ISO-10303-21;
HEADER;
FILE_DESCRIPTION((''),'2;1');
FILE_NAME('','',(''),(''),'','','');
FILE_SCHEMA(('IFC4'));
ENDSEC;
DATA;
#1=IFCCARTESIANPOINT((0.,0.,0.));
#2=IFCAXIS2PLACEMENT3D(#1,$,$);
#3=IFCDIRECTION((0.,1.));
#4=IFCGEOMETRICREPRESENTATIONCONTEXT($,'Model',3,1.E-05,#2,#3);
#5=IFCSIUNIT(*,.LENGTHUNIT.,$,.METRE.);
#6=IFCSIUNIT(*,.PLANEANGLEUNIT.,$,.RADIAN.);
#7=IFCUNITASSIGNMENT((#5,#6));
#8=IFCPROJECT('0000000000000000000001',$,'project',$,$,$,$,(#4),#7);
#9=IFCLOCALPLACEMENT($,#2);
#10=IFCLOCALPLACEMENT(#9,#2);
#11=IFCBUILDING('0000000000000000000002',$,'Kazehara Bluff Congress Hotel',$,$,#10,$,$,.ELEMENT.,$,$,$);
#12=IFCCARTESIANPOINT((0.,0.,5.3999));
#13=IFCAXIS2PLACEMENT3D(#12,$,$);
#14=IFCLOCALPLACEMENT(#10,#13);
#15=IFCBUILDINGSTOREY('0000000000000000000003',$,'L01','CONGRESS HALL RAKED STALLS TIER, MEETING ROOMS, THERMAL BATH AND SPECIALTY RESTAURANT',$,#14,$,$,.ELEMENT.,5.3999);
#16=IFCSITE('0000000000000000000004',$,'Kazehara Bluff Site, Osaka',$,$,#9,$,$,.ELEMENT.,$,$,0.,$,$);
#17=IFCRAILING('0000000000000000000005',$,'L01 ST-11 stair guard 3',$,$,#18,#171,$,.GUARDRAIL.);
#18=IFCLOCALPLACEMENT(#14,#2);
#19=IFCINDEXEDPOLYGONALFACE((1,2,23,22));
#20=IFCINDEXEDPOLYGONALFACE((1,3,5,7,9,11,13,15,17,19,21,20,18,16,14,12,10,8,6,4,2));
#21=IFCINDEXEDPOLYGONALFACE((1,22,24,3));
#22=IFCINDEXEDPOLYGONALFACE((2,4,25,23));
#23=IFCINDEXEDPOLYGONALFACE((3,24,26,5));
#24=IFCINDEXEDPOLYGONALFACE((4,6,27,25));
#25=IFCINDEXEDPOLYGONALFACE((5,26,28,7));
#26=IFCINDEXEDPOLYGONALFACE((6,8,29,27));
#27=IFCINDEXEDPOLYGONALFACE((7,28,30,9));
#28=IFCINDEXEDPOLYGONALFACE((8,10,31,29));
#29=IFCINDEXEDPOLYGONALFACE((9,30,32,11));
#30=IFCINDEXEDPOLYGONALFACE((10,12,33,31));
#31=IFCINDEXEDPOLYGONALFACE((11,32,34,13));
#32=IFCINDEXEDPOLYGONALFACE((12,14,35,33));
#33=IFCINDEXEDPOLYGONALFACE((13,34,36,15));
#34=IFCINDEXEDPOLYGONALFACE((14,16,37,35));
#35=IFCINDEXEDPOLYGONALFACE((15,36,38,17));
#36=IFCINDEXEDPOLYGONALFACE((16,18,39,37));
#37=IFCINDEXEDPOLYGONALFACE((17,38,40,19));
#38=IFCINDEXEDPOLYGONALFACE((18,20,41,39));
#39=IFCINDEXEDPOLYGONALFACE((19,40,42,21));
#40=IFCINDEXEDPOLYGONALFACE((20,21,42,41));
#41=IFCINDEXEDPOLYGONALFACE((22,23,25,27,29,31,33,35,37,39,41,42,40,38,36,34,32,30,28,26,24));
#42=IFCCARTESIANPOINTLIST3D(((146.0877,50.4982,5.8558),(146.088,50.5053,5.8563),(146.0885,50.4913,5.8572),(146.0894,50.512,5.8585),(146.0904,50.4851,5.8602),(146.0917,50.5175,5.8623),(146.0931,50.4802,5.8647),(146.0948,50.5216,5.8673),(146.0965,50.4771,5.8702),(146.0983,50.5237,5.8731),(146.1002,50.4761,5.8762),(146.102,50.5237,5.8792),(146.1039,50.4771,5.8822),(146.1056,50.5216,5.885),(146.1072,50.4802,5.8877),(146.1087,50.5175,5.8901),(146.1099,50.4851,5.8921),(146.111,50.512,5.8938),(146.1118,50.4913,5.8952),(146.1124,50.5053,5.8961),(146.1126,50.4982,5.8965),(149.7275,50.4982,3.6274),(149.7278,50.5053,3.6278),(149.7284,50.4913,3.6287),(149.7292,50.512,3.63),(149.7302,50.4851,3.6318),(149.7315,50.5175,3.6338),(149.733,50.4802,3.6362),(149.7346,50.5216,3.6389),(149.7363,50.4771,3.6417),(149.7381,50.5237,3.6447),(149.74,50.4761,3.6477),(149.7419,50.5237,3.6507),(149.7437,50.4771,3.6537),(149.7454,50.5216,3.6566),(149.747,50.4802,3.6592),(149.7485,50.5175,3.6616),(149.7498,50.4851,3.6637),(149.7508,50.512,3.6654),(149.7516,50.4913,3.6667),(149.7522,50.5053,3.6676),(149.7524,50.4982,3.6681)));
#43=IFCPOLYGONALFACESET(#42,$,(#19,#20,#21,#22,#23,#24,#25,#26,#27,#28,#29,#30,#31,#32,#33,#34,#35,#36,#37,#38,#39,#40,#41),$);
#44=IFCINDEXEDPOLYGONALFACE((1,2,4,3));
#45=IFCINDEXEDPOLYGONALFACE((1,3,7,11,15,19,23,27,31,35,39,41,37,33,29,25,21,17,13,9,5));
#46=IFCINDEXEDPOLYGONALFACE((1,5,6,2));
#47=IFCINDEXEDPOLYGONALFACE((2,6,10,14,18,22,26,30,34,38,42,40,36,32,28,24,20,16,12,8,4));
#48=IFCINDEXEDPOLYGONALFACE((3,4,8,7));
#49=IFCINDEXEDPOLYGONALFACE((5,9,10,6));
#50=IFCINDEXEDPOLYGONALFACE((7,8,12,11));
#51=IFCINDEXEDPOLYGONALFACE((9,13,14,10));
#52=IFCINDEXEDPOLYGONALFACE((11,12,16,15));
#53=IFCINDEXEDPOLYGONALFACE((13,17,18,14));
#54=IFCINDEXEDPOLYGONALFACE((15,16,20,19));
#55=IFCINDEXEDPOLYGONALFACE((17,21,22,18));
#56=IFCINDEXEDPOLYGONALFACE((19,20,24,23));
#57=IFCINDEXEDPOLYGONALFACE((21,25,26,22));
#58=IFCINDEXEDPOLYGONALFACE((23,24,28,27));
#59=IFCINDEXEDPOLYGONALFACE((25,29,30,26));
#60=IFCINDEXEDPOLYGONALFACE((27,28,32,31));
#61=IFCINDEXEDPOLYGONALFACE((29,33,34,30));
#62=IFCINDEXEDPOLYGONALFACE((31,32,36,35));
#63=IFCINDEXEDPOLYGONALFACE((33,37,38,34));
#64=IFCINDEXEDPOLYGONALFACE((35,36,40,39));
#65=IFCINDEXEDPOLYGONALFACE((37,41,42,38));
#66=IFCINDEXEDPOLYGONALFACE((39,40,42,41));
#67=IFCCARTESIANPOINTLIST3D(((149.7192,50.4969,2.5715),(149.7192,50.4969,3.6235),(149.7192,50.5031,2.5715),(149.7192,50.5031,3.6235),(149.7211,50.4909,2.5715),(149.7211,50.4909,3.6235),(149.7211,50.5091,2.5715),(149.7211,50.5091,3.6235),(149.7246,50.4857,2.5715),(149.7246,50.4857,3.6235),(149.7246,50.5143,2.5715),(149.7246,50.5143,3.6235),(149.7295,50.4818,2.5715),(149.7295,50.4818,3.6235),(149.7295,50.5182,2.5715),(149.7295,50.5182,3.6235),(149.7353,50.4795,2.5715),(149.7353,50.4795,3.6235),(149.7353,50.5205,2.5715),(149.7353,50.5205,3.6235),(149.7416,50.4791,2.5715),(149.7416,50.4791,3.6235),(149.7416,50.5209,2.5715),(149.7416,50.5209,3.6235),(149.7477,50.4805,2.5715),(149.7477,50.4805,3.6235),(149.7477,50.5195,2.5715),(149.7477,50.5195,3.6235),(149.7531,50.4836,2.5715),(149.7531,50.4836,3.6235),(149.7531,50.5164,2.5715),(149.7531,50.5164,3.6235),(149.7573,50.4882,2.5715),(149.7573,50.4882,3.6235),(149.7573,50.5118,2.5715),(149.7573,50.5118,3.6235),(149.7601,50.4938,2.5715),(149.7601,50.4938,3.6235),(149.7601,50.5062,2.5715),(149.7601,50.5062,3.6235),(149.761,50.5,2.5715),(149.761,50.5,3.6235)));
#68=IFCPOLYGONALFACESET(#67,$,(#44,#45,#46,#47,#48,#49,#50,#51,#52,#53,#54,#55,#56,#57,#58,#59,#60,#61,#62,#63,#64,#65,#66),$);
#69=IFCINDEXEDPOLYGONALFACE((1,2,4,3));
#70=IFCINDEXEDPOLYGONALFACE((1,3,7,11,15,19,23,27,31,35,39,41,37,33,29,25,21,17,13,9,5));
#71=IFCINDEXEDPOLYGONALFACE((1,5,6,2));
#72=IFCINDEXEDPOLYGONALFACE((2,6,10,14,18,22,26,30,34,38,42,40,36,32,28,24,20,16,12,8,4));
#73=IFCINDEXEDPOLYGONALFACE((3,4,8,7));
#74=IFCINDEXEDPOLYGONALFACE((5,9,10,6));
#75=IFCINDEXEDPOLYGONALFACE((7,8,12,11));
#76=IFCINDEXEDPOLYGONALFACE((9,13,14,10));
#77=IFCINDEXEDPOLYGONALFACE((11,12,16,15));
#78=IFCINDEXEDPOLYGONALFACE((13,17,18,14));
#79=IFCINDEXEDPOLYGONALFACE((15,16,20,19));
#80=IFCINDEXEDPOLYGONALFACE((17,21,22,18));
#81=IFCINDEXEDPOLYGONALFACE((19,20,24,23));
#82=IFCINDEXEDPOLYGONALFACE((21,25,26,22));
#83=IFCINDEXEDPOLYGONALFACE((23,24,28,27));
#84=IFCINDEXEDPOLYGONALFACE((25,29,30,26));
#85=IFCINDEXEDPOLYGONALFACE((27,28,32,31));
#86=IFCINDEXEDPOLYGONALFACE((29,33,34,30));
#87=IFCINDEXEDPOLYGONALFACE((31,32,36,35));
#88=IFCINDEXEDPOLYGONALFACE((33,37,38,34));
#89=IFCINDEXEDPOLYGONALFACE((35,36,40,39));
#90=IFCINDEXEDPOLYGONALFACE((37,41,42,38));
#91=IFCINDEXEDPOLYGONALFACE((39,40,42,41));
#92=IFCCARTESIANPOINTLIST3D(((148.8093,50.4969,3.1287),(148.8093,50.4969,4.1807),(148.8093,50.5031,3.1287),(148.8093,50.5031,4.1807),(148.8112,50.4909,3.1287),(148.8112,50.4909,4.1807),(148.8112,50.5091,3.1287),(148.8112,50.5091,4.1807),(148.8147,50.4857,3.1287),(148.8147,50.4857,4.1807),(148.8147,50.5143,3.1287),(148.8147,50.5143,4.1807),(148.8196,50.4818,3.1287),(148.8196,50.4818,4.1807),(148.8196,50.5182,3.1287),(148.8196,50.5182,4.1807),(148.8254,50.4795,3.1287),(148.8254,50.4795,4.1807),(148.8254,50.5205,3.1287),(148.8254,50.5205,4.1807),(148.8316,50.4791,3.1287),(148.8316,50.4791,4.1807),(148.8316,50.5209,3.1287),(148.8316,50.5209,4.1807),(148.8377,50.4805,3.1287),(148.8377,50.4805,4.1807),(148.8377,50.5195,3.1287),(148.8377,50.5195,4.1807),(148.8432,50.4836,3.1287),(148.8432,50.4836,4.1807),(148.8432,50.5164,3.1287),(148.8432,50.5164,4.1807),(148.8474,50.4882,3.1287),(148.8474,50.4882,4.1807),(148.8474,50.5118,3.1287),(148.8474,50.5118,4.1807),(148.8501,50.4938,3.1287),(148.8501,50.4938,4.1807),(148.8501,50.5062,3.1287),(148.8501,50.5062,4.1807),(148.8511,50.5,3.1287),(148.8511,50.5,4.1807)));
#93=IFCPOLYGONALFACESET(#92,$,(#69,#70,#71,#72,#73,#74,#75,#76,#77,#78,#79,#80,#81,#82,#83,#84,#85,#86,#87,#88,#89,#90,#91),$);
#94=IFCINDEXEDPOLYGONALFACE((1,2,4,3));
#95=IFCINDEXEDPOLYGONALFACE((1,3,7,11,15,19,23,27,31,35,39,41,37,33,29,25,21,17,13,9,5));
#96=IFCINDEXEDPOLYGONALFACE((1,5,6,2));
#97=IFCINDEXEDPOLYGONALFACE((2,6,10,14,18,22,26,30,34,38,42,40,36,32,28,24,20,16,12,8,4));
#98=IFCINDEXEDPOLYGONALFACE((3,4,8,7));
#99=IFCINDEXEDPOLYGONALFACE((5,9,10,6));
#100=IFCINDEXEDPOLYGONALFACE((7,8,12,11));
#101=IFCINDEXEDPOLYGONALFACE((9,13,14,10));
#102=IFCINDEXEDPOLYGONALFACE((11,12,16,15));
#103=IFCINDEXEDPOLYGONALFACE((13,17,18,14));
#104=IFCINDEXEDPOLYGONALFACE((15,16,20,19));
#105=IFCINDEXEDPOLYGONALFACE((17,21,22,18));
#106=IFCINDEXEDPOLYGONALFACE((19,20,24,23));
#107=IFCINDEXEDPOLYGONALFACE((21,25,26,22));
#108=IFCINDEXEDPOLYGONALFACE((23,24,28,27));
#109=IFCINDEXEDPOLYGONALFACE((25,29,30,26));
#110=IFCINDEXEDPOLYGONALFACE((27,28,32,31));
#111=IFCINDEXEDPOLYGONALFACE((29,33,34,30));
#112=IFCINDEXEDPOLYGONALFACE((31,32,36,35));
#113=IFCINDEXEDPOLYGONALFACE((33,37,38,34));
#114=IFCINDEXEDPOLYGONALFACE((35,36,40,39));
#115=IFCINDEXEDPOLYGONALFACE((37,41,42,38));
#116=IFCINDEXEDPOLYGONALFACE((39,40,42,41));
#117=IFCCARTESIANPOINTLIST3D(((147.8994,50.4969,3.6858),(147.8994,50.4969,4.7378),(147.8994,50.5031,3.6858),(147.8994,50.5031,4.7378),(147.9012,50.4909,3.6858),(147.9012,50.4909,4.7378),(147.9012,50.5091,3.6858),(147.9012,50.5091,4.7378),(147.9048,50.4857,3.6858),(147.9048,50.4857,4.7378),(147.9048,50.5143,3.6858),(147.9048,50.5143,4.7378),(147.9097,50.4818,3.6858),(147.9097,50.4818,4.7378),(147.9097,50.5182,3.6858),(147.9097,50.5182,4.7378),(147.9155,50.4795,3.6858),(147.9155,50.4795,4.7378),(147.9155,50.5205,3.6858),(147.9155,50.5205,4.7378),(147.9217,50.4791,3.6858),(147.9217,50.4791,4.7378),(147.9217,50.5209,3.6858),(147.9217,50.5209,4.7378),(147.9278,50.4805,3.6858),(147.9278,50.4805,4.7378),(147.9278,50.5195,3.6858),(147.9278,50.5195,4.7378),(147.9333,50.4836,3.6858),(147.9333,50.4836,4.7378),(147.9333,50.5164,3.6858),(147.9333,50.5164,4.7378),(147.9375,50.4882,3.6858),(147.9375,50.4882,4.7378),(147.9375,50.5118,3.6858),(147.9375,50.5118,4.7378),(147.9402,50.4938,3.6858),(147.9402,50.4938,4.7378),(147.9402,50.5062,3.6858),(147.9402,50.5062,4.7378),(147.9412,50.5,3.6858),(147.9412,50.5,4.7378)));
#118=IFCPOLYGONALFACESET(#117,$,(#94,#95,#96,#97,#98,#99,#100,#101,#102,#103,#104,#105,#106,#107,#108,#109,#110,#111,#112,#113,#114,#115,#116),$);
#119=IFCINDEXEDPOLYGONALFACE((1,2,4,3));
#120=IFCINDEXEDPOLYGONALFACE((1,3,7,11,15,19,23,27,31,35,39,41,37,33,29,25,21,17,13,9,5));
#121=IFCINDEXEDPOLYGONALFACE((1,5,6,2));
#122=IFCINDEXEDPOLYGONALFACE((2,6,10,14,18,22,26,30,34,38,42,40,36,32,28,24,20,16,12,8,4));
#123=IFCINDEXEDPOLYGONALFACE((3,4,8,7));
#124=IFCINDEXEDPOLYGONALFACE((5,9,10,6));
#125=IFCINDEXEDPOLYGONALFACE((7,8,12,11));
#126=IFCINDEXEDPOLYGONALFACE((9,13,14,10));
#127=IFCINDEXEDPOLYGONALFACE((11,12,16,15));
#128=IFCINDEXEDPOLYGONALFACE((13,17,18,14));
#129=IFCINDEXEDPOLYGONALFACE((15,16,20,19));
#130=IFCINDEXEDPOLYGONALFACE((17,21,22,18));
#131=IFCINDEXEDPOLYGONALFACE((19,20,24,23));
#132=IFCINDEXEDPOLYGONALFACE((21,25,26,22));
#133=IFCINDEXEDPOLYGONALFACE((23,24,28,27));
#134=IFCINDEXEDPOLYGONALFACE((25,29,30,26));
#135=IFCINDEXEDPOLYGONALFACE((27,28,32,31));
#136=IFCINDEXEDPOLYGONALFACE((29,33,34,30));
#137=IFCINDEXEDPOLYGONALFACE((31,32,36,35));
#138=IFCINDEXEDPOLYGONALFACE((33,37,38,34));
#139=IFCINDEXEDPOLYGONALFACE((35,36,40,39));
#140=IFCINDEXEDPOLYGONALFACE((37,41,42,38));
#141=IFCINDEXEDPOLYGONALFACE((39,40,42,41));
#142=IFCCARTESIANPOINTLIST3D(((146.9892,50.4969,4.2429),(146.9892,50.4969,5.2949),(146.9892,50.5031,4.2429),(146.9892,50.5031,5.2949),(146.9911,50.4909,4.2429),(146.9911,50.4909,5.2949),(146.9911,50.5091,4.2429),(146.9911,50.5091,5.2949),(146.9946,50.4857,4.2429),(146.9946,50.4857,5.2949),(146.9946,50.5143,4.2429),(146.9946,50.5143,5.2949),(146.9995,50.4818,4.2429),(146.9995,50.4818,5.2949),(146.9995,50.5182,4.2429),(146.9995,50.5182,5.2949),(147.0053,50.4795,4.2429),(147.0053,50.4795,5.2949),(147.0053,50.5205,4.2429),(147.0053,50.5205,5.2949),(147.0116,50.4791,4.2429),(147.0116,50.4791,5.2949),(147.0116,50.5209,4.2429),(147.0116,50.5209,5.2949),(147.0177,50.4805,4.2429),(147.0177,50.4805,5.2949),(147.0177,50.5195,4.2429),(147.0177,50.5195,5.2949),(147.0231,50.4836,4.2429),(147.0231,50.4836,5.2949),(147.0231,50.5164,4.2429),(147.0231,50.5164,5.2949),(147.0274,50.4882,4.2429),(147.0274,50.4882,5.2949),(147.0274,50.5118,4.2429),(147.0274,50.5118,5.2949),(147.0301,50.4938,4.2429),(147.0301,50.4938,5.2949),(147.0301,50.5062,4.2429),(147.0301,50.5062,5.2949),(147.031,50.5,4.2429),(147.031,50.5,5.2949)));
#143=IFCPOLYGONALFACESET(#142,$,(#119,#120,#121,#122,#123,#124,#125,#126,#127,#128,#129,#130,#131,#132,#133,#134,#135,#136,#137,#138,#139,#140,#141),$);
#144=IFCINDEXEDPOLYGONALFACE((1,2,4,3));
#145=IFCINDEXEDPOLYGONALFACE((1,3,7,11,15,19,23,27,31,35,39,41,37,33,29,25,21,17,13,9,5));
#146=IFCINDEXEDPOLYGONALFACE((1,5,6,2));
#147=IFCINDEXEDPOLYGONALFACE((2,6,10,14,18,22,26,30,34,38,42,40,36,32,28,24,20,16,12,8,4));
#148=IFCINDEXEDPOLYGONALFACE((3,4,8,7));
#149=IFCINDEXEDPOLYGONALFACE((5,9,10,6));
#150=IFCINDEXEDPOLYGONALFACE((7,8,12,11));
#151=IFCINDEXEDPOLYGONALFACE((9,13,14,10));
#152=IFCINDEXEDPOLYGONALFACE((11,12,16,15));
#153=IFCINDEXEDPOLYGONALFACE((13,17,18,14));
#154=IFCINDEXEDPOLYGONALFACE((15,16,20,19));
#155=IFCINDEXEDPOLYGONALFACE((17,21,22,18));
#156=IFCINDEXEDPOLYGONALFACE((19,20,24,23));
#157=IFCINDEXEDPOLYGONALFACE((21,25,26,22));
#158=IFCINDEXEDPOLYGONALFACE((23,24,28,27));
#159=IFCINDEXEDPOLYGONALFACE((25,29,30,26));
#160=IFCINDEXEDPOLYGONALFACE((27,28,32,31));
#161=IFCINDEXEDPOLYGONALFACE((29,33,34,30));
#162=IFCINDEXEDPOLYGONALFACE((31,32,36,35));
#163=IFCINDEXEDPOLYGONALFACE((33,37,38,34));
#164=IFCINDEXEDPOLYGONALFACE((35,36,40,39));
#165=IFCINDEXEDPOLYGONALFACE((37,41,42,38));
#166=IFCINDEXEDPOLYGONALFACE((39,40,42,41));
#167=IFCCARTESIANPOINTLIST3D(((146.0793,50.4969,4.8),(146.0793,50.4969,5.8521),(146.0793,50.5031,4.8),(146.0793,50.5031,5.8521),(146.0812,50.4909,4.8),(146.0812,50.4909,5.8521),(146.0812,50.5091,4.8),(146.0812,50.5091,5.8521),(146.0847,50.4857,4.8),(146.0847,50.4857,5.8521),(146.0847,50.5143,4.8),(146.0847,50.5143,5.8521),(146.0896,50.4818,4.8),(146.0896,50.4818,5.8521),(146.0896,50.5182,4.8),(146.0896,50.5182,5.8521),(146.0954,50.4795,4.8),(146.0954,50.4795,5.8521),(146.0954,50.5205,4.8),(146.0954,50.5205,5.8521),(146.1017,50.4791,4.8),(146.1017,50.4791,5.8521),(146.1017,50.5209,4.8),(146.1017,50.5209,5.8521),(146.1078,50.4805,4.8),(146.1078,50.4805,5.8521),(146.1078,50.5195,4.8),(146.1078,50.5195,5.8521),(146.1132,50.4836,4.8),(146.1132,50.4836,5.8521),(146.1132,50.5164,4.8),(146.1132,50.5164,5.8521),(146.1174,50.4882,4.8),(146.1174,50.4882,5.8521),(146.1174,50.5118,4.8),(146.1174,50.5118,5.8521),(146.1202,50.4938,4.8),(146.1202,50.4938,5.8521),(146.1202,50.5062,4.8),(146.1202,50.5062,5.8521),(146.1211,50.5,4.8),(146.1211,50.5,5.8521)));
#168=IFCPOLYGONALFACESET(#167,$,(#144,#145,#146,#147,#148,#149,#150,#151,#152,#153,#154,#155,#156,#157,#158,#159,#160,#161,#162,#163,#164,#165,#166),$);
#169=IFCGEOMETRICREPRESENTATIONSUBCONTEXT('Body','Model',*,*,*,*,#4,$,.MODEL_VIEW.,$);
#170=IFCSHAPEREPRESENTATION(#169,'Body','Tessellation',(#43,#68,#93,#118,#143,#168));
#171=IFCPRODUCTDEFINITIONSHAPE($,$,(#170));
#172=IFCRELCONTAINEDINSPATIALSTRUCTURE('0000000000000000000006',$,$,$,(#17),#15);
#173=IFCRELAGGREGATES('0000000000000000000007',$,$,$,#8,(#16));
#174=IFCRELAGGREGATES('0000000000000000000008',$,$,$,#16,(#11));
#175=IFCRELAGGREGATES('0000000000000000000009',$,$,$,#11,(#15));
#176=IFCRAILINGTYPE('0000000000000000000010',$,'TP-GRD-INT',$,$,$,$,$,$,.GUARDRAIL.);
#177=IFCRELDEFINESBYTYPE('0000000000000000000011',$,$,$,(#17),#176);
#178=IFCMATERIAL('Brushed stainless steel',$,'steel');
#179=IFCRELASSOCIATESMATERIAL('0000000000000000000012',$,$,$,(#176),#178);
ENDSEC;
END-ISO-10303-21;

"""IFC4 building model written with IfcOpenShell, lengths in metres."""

from ifc_helpers import new_model, si_unit, direction, frame, origin, origin_2d, place, context, subcontext, project, spatial, circle, extrude, material, type_object, element, save


model = new_model("IFC4")

# Units and contexts
model_context = context("Model", 3, precision=1e-05, world=origin(), true_north=direction((0.0, 1.0)))
body_context = subcontext(model_context, "Body", "Model", "MODEL_VIEW")
ifc_project = project(units=[si_unit("LENGTHUNIT", "METRE"), si_unit("PLANEANGLEUNIT", "RADIAN")], contexts=[model_context])

# Site, building, storey
site_placement = place(None, origin())
site = spatial("IfcSite", under=ifc_project, at=site_placement, Name="Kazehara Bluff Site, Osaka", CompositionType="ELEMENT", RefElevation=0.0)
building_placement = place(site_placement, origin())
building = spatial("IfcBuilding", under=site, at=building_placement, Name="Kazehara Bluff Congress Hotel", CompositionType="ELEMENT")
storey_placement = place(building_placement, frame((0.0, 0.0, 5.3999)))
storey = spatial("IfcBuildingStorey", under=building, at=storey_placement, Name="L01", Description="CONGRESS HALL RAKED STALLS TIER, MEETING ROOMS, THERMAL BATH AND SPECIALTY RESTAURANT", CompositionType="ELEMENT", Elevation=5.3999)

# Railing
ifc_material_1 = material(Name="Brushed stainless steel", Category="steel")
railing_type_1 = type_object("IfcRailingType", Name="TP-GRD-INT", PredefinedType="GUARDRAIL", material=ifc_material_1)
railing_1_placement = place(storey_placement, frame((149.74, 50.5, 2.5715)))
element("IfcRailing", 1, at=railing_1_placement, inside=storey, type_object=railing_type_1, Name="L01 ST-11 stair guard 3", PredefinedType="GUARDRAIL", context=body_context, shape_type="SweptSolid", body=[
    extrude(circle(Radius=0.0239, at=origin_2d()), frame((0.0, 0.0, 1.0762), z_axis=(-0.85285, 0.0, 0.522156), x_axis=(0.0, -1.0, 0.0)), (0.0, 0.0, 1.0), 4.2678),
    extrude(circle(Radius=0.021, at=origin_2d()), origin(), (0.0, 0.0, 1.0), 1.052),
    extrude(circle(Radius=0.021, at=origin_2d()), frame((-0.9099, 0.0, 0.5571)), (0.0, 0.0, 1.0), 1.052),
    extrude(circle(Radius=0.021, at=origin_2d()), frame((-1.8198, 0.0, 1.1143)), (0.0, 0.0, 1.0), 1.052),
    extrude(circle(Radius=0.021, at=origin_2d()), frame((-2.73, 0.0, 1.6714)), (0.0, 0.0, 1.0), 1.052),
    extrude(circle(Radius=0.021, at=origin_2d()), frame((-3.6399, 0.0, 2.2285)), (0.0, 0.0, 1.0), 1.052),
])

save(model, "model.ifc")
